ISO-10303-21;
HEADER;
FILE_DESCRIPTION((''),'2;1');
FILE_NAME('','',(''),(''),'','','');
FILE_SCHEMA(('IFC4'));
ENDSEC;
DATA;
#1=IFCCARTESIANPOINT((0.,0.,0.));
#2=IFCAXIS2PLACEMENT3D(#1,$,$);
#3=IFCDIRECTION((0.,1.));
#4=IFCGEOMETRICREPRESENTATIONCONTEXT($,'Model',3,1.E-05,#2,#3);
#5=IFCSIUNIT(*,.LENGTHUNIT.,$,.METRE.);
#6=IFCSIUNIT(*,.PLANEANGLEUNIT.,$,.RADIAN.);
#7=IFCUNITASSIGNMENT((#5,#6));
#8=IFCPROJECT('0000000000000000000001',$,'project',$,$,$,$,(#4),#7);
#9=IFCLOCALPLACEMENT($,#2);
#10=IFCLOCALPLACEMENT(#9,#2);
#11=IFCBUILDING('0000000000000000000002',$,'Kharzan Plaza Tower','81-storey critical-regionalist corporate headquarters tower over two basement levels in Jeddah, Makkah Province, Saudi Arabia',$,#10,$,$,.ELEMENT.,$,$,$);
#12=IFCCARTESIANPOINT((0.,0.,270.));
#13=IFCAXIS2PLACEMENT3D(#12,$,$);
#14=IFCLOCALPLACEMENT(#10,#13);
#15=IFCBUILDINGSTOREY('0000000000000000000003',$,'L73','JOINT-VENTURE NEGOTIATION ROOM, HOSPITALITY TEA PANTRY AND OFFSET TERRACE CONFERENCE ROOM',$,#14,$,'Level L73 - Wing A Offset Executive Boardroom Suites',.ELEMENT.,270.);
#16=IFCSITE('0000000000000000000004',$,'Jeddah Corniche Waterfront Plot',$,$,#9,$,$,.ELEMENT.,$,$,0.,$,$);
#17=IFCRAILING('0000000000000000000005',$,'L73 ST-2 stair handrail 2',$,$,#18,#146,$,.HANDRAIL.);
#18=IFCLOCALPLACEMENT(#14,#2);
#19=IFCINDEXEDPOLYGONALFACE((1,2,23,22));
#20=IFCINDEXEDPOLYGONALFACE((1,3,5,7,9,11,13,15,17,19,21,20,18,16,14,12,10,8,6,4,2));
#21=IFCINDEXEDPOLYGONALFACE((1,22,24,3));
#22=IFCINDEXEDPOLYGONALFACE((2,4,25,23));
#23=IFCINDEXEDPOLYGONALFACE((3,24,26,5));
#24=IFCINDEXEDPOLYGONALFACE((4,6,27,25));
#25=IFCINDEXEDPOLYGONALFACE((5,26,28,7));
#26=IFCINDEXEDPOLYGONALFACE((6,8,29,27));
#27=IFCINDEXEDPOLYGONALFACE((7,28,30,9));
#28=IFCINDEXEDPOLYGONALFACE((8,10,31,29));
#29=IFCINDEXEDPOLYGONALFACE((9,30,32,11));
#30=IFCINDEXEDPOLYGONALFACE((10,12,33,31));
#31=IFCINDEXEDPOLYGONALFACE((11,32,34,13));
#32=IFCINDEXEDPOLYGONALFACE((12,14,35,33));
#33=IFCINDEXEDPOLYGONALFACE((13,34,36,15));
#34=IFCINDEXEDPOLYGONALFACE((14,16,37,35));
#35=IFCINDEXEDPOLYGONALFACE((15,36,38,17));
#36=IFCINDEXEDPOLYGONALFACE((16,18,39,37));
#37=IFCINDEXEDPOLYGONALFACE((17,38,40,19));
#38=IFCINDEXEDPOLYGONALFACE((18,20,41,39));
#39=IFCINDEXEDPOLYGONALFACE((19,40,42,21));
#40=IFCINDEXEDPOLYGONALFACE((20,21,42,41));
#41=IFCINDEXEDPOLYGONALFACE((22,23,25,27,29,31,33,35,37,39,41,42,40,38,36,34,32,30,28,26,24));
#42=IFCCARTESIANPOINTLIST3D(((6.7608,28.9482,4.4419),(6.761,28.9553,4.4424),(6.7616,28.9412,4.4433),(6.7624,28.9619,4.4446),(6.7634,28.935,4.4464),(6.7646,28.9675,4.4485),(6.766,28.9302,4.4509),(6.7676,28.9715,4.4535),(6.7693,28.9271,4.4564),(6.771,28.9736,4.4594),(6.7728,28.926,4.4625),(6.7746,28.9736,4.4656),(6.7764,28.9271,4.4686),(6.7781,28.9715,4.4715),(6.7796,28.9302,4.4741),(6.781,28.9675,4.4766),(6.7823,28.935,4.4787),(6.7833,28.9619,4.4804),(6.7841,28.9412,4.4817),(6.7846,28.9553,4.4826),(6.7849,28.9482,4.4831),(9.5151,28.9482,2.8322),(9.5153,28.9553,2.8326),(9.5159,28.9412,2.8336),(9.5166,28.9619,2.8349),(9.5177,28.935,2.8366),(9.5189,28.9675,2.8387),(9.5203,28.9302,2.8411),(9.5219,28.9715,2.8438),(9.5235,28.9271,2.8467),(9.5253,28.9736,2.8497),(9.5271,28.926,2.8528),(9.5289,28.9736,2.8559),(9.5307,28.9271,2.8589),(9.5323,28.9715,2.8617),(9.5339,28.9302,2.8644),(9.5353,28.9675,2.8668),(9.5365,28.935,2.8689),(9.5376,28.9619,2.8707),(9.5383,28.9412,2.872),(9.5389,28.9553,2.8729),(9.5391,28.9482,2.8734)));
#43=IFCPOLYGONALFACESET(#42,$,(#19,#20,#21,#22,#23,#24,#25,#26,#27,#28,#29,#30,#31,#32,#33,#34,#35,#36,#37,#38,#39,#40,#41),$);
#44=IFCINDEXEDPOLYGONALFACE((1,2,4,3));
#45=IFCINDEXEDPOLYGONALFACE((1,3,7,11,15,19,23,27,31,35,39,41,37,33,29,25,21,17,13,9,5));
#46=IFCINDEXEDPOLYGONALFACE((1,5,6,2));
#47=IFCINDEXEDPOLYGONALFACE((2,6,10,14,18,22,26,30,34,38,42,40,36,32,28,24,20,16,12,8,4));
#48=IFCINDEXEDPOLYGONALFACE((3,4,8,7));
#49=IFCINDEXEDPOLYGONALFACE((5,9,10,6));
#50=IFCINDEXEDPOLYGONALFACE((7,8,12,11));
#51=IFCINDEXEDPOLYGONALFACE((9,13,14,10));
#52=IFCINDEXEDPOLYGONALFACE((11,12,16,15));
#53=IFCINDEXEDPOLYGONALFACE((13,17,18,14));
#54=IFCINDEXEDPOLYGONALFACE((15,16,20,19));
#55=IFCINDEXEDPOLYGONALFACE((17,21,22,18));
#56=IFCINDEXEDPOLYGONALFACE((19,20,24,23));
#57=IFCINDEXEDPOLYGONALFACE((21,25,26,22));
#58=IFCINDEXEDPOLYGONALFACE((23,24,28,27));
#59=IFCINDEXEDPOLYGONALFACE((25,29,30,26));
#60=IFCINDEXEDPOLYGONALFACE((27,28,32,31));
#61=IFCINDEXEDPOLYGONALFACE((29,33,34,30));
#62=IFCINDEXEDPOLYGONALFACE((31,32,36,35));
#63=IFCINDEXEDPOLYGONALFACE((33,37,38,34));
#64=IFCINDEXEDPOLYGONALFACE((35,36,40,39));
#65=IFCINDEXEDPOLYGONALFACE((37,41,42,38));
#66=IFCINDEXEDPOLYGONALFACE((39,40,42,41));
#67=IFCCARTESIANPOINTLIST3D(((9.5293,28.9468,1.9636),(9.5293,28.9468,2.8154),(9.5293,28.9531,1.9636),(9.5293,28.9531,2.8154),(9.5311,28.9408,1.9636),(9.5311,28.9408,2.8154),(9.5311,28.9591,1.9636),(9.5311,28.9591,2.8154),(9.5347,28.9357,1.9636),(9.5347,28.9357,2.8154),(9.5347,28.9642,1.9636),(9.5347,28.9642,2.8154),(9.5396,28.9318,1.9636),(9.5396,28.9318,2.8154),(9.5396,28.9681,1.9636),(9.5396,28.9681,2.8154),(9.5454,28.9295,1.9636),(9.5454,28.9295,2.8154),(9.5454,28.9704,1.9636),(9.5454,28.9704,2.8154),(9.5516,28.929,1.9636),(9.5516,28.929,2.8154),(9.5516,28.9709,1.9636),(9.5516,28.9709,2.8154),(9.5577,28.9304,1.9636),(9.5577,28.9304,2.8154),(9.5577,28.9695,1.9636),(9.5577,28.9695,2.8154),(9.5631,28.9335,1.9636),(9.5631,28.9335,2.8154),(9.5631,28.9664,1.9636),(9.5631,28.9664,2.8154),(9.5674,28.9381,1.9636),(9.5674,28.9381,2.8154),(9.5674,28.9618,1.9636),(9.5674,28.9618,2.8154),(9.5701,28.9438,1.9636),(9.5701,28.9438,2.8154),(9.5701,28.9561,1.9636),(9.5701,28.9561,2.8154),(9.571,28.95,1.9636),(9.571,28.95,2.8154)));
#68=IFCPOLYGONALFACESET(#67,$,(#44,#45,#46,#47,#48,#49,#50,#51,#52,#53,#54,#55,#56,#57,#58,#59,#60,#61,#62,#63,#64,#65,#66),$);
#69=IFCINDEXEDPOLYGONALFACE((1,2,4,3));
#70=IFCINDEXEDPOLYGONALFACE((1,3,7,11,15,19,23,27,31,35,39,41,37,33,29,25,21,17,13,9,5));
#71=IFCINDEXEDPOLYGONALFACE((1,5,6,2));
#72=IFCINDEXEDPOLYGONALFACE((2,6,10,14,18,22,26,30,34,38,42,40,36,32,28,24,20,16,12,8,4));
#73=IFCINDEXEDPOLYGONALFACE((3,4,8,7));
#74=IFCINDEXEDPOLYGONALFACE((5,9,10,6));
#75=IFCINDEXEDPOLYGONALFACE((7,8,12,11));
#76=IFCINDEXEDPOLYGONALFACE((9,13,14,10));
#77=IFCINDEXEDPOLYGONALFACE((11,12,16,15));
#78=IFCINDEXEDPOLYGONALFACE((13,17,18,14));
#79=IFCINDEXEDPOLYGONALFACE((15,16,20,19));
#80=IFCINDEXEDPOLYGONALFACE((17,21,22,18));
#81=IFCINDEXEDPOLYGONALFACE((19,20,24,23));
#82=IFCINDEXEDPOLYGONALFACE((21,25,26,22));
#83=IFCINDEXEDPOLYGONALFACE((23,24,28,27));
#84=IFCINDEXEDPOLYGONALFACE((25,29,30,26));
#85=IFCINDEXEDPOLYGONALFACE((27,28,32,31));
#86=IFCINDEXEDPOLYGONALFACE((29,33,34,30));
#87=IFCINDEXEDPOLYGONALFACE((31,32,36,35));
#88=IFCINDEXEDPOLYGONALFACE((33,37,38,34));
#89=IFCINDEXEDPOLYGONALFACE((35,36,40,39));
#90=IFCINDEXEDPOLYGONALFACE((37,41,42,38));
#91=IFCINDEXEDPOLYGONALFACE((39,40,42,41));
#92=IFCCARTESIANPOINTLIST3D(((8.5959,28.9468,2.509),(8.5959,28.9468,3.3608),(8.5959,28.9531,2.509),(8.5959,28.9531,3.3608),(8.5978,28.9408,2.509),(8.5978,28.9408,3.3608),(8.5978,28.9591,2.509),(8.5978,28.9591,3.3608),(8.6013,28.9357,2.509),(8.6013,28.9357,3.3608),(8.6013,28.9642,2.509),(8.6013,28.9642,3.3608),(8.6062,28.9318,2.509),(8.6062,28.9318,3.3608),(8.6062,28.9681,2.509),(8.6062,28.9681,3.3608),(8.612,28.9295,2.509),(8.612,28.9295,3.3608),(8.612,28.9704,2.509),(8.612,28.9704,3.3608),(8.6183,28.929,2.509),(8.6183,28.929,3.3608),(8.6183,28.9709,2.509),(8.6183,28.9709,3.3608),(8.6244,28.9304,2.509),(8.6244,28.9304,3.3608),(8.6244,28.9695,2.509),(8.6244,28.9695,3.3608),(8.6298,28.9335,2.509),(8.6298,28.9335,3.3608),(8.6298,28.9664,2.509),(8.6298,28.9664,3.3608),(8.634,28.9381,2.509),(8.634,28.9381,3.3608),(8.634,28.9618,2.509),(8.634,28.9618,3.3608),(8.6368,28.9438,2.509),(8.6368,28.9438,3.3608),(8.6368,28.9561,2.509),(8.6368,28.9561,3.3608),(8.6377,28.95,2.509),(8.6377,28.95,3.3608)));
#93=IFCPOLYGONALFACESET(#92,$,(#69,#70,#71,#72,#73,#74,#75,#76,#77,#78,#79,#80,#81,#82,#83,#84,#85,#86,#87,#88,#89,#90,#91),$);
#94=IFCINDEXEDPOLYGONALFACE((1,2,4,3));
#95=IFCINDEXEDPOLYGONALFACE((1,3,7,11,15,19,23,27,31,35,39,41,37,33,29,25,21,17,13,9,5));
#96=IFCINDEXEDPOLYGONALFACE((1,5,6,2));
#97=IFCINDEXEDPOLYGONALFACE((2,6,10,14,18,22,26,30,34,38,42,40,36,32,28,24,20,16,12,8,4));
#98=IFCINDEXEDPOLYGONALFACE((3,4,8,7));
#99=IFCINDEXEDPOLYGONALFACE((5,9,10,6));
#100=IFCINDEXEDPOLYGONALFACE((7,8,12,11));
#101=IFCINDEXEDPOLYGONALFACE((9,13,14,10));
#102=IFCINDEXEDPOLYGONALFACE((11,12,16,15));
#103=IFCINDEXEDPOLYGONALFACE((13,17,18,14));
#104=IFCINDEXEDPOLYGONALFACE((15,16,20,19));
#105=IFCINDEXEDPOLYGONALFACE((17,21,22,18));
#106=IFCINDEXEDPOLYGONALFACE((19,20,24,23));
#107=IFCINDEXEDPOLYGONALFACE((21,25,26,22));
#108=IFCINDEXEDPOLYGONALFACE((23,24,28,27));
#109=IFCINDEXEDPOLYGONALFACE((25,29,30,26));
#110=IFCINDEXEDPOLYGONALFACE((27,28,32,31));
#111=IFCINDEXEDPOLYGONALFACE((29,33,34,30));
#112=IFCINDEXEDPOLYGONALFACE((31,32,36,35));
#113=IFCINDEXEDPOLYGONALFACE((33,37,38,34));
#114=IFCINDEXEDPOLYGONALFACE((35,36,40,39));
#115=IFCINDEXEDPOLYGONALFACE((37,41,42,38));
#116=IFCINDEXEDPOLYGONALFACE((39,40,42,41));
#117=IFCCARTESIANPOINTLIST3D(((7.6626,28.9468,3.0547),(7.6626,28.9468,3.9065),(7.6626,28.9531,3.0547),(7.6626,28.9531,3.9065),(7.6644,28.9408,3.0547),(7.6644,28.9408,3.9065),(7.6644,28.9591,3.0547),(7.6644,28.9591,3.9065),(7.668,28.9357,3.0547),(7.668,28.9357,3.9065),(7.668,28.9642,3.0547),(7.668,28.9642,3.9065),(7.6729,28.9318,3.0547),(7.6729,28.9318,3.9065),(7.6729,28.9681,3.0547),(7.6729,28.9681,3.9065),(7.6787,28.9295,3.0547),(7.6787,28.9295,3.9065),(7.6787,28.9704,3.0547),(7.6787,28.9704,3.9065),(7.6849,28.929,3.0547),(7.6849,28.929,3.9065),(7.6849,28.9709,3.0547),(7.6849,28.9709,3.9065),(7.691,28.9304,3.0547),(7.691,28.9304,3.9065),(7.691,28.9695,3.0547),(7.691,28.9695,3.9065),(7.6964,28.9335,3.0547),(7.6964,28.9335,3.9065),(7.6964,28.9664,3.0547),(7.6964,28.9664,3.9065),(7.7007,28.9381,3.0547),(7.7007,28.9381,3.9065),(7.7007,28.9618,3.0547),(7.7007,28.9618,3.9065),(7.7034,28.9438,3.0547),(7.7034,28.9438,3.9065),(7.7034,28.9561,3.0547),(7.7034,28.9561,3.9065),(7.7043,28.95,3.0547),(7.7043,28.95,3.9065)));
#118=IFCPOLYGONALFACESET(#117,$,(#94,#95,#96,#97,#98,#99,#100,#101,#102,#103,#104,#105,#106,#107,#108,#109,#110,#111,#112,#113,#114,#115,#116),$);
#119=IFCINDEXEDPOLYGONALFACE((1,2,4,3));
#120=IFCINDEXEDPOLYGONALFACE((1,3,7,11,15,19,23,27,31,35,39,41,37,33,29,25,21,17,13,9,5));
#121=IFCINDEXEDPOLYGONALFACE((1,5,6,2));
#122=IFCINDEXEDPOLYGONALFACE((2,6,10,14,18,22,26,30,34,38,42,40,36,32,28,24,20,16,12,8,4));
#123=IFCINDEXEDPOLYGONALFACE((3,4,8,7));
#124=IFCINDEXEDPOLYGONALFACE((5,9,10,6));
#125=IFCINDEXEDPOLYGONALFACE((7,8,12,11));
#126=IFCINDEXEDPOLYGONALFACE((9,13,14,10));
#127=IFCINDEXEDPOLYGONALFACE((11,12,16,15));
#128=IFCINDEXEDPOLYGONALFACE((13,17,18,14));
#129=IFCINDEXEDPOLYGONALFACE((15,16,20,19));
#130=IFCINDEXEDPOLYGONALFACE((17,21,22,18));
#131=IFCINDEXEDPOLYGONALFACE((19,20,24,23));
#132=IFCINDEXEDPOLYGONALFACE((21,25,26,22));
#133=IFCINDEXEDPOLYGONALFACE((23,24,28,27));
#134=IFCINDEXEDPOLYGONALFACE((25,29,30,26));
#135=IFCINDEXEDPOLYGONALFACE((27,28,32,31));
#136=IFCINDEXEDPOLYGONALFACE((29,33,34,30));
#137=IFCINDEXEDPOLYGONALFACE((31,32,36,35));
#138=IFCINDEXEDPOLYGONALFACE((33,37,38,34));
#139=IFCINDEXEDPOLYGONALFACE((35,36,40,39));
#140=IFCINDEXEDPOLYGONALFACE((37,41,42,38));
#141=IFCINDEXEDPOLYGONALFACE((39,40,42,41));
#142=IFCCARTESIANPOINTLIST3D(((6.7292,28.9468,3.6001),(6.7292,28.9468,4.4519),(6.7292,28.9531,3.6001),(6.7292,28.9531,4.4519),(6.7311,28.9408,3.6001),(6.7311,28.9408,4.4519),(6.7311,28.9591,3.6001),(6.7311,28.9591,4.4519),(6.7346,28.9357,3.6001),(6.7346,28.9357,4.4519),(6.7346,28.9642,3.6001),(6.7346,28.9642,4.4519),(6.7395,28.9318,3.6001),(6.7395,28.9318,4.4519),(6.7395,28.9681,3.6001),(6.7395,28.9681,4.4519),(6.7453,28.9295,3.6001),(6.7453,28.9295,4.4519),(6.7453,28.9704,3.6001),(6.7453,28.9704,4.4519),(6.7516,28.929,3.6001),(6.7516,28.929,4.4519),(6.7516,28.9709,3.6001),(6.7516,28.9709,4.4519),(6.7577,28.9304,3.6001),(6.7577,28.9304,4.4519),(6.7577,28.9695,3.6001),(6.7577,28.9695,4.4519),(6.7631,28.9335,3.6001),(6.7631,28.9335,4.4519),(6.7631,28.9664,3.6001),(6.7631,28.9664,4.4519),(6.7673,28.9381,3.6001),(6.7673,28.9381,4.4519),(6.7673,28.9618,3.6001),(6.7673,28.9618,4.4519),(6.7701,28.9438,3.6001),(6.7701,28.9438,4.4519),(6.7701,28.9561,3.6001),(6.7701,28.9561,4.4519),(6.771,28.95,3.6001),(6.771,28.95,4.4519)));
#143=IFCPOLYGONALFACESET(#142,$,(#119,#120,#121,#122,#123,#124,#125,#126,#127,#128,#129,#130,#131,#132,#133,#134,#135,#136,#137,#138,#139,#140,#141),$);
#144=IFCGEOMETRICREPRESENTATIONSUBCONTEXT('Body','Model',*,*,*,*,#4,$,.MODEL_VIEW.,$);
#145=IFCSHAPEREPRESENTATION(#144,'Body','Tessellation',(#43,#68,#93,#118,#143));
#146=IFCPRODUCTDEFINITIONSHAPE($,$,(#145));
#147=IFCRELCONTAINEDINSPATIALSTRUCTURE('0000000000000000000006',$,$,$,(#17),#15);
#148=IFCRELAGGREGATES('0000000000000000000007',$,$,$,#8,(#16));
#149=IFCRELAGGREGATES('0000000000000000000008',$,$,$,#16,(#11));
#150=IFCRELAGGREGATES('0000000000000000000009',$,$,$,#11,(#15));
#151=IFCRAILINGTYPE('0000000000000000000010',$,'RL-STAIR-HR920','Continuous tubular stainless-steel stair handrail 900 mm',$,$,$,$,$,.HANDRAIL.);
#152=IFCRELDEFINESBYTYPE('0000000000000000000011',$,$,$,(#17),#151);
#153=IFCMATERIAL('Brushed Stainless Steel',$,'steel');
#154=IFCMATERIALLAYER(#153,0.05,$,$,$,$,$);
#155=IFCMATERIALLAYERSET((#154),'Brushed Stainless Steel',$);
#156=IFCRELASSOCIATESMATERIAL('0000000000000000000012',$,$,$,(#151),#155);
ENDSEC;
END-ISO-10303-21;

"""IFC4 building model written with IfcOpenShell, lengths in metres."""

from ifc_helpers import new_model, si_unit, direction, frame, origin, origin_2d, place, context, subcontext, project, spatial, circle, extrude, source, transform, mapped, material, layer, layer_set, type_object, element, save


model = new_model("IFC4")

# Units and contexts
model_context = context("Model", 3, precision=1e-05, world=origin(), true_north=direction((0.0, 1.0)))
body_context = subcontext(model_context, "Body", "Model", "MODEL_VIEW")
ifc_project = project(units=[si_unit("LENGTHUNIT", "METRE"), si_unit("PLANEANGLEUNIT", "RADIAN")], contexts=[model_context])

# Site, building, storey
site_placement = place(None, origin())
site = spatial("IfcSite", under=ifc_project, at=site_placement, Name="Jeddah Corniche Waterfront Plot", CompositionType="ELEMENT", RefElevation=0.0)
building_placement = place(site_placement, origin())
building = spatial("IfcBuilding", under=site, at=building_placement, Name="Kharzan Plaza Tower", Description="81-storey critical-regionalist corporate headquarters tower over two basement levels in Jeddah, Makkah Province, Saudi Arabia", CompositionType="ELEMENT")
storey_placement = place(building_placement, frame((0.0, 0.0, 270.0)))
storey = spatial("IfcBuildingStorey", under=building, at=storey_placement, Name="L73", Description="JOINT-VENTURE NEGOTIATION ROOM, HOSPITALITY TEA PANTRY AND OFFSET TERRACE CONFERENCE ROOM", LongName="Level L73 - Wing A Offset Executive Boardroom Suites", CompositionType="ELEMENT", Elevation=270.0)

# Railing
ifc_material_1 = material(Name="Brushed Stainless Steel", Category="steel")
ifc_layer_1 = layer(ifc_material_1, 0.05)
ifc_layer_set_1 = layer_set([ifc_layer_1], Name="Brushed Stainless Steel")
railing_type = type_object("IfcRailingType", Name="RL-STAIR-HR920", Description="Continuous tubular stainless-steel stair handrail 900 mm", PredefinedType="HANDRAIL", material=ifc_layer_set_1)
shared_shape_1 = source(origin(), body_context, "Body", "SweptSolid", [
    extrude(circle(Radius=0.0239, at=origin_2d()), frame((-0.0229, 0.0, 0.8892), z_axis=(-0.863361, 0.0, 0.504587), x_axis=(0.0, -1.0, 0.0)), (0.0, 0.0, 1.0), 3.1902),
    extrude(circle(Radius=0.021, at=origin_2d()), origin(), (0.0, 0.0, 1.0), 0.8518),
    extrude(circle(Radius=0.021, at=origin_2d()), frame((-0.9333, 0.0, 0.5454)), (0.0, 0.0, 1.0), 0.8518),
    extrude(circle(Radius=0.021, at=origin_2d()), frame((-1.8667, 0.0, 1.0911)), (0.0, 0.0, 1.0), 0.8518),
    extrude(circle(Radius=0.021, at=origin_2d()), frame((-2.8, 0.0, 1.6365)), (0.0, 0.0, 1.0), 0.8518),
])
railing_placement = place(storey_placement, frame((9.55, 28.95, 1.9636)))
element("IfcRailing", 1, at=railing_placement, inside=storey, type_object=railing_type, Name="L73 ST-2 stair handrail 2", PredefinedType="HANDRAIL", context=body_context, shape_type="MappedRepresentation", body=[
    mapped(shared_shape_1, transform((0.0, 0.0, 0.0), x_axis=(1.0, 0.0, 0.0), y_axis=(0.0, 1.0, 0.0), z_axis=(0.0, 0.0, 1.0))),
])

save(model, "model.ifc")
